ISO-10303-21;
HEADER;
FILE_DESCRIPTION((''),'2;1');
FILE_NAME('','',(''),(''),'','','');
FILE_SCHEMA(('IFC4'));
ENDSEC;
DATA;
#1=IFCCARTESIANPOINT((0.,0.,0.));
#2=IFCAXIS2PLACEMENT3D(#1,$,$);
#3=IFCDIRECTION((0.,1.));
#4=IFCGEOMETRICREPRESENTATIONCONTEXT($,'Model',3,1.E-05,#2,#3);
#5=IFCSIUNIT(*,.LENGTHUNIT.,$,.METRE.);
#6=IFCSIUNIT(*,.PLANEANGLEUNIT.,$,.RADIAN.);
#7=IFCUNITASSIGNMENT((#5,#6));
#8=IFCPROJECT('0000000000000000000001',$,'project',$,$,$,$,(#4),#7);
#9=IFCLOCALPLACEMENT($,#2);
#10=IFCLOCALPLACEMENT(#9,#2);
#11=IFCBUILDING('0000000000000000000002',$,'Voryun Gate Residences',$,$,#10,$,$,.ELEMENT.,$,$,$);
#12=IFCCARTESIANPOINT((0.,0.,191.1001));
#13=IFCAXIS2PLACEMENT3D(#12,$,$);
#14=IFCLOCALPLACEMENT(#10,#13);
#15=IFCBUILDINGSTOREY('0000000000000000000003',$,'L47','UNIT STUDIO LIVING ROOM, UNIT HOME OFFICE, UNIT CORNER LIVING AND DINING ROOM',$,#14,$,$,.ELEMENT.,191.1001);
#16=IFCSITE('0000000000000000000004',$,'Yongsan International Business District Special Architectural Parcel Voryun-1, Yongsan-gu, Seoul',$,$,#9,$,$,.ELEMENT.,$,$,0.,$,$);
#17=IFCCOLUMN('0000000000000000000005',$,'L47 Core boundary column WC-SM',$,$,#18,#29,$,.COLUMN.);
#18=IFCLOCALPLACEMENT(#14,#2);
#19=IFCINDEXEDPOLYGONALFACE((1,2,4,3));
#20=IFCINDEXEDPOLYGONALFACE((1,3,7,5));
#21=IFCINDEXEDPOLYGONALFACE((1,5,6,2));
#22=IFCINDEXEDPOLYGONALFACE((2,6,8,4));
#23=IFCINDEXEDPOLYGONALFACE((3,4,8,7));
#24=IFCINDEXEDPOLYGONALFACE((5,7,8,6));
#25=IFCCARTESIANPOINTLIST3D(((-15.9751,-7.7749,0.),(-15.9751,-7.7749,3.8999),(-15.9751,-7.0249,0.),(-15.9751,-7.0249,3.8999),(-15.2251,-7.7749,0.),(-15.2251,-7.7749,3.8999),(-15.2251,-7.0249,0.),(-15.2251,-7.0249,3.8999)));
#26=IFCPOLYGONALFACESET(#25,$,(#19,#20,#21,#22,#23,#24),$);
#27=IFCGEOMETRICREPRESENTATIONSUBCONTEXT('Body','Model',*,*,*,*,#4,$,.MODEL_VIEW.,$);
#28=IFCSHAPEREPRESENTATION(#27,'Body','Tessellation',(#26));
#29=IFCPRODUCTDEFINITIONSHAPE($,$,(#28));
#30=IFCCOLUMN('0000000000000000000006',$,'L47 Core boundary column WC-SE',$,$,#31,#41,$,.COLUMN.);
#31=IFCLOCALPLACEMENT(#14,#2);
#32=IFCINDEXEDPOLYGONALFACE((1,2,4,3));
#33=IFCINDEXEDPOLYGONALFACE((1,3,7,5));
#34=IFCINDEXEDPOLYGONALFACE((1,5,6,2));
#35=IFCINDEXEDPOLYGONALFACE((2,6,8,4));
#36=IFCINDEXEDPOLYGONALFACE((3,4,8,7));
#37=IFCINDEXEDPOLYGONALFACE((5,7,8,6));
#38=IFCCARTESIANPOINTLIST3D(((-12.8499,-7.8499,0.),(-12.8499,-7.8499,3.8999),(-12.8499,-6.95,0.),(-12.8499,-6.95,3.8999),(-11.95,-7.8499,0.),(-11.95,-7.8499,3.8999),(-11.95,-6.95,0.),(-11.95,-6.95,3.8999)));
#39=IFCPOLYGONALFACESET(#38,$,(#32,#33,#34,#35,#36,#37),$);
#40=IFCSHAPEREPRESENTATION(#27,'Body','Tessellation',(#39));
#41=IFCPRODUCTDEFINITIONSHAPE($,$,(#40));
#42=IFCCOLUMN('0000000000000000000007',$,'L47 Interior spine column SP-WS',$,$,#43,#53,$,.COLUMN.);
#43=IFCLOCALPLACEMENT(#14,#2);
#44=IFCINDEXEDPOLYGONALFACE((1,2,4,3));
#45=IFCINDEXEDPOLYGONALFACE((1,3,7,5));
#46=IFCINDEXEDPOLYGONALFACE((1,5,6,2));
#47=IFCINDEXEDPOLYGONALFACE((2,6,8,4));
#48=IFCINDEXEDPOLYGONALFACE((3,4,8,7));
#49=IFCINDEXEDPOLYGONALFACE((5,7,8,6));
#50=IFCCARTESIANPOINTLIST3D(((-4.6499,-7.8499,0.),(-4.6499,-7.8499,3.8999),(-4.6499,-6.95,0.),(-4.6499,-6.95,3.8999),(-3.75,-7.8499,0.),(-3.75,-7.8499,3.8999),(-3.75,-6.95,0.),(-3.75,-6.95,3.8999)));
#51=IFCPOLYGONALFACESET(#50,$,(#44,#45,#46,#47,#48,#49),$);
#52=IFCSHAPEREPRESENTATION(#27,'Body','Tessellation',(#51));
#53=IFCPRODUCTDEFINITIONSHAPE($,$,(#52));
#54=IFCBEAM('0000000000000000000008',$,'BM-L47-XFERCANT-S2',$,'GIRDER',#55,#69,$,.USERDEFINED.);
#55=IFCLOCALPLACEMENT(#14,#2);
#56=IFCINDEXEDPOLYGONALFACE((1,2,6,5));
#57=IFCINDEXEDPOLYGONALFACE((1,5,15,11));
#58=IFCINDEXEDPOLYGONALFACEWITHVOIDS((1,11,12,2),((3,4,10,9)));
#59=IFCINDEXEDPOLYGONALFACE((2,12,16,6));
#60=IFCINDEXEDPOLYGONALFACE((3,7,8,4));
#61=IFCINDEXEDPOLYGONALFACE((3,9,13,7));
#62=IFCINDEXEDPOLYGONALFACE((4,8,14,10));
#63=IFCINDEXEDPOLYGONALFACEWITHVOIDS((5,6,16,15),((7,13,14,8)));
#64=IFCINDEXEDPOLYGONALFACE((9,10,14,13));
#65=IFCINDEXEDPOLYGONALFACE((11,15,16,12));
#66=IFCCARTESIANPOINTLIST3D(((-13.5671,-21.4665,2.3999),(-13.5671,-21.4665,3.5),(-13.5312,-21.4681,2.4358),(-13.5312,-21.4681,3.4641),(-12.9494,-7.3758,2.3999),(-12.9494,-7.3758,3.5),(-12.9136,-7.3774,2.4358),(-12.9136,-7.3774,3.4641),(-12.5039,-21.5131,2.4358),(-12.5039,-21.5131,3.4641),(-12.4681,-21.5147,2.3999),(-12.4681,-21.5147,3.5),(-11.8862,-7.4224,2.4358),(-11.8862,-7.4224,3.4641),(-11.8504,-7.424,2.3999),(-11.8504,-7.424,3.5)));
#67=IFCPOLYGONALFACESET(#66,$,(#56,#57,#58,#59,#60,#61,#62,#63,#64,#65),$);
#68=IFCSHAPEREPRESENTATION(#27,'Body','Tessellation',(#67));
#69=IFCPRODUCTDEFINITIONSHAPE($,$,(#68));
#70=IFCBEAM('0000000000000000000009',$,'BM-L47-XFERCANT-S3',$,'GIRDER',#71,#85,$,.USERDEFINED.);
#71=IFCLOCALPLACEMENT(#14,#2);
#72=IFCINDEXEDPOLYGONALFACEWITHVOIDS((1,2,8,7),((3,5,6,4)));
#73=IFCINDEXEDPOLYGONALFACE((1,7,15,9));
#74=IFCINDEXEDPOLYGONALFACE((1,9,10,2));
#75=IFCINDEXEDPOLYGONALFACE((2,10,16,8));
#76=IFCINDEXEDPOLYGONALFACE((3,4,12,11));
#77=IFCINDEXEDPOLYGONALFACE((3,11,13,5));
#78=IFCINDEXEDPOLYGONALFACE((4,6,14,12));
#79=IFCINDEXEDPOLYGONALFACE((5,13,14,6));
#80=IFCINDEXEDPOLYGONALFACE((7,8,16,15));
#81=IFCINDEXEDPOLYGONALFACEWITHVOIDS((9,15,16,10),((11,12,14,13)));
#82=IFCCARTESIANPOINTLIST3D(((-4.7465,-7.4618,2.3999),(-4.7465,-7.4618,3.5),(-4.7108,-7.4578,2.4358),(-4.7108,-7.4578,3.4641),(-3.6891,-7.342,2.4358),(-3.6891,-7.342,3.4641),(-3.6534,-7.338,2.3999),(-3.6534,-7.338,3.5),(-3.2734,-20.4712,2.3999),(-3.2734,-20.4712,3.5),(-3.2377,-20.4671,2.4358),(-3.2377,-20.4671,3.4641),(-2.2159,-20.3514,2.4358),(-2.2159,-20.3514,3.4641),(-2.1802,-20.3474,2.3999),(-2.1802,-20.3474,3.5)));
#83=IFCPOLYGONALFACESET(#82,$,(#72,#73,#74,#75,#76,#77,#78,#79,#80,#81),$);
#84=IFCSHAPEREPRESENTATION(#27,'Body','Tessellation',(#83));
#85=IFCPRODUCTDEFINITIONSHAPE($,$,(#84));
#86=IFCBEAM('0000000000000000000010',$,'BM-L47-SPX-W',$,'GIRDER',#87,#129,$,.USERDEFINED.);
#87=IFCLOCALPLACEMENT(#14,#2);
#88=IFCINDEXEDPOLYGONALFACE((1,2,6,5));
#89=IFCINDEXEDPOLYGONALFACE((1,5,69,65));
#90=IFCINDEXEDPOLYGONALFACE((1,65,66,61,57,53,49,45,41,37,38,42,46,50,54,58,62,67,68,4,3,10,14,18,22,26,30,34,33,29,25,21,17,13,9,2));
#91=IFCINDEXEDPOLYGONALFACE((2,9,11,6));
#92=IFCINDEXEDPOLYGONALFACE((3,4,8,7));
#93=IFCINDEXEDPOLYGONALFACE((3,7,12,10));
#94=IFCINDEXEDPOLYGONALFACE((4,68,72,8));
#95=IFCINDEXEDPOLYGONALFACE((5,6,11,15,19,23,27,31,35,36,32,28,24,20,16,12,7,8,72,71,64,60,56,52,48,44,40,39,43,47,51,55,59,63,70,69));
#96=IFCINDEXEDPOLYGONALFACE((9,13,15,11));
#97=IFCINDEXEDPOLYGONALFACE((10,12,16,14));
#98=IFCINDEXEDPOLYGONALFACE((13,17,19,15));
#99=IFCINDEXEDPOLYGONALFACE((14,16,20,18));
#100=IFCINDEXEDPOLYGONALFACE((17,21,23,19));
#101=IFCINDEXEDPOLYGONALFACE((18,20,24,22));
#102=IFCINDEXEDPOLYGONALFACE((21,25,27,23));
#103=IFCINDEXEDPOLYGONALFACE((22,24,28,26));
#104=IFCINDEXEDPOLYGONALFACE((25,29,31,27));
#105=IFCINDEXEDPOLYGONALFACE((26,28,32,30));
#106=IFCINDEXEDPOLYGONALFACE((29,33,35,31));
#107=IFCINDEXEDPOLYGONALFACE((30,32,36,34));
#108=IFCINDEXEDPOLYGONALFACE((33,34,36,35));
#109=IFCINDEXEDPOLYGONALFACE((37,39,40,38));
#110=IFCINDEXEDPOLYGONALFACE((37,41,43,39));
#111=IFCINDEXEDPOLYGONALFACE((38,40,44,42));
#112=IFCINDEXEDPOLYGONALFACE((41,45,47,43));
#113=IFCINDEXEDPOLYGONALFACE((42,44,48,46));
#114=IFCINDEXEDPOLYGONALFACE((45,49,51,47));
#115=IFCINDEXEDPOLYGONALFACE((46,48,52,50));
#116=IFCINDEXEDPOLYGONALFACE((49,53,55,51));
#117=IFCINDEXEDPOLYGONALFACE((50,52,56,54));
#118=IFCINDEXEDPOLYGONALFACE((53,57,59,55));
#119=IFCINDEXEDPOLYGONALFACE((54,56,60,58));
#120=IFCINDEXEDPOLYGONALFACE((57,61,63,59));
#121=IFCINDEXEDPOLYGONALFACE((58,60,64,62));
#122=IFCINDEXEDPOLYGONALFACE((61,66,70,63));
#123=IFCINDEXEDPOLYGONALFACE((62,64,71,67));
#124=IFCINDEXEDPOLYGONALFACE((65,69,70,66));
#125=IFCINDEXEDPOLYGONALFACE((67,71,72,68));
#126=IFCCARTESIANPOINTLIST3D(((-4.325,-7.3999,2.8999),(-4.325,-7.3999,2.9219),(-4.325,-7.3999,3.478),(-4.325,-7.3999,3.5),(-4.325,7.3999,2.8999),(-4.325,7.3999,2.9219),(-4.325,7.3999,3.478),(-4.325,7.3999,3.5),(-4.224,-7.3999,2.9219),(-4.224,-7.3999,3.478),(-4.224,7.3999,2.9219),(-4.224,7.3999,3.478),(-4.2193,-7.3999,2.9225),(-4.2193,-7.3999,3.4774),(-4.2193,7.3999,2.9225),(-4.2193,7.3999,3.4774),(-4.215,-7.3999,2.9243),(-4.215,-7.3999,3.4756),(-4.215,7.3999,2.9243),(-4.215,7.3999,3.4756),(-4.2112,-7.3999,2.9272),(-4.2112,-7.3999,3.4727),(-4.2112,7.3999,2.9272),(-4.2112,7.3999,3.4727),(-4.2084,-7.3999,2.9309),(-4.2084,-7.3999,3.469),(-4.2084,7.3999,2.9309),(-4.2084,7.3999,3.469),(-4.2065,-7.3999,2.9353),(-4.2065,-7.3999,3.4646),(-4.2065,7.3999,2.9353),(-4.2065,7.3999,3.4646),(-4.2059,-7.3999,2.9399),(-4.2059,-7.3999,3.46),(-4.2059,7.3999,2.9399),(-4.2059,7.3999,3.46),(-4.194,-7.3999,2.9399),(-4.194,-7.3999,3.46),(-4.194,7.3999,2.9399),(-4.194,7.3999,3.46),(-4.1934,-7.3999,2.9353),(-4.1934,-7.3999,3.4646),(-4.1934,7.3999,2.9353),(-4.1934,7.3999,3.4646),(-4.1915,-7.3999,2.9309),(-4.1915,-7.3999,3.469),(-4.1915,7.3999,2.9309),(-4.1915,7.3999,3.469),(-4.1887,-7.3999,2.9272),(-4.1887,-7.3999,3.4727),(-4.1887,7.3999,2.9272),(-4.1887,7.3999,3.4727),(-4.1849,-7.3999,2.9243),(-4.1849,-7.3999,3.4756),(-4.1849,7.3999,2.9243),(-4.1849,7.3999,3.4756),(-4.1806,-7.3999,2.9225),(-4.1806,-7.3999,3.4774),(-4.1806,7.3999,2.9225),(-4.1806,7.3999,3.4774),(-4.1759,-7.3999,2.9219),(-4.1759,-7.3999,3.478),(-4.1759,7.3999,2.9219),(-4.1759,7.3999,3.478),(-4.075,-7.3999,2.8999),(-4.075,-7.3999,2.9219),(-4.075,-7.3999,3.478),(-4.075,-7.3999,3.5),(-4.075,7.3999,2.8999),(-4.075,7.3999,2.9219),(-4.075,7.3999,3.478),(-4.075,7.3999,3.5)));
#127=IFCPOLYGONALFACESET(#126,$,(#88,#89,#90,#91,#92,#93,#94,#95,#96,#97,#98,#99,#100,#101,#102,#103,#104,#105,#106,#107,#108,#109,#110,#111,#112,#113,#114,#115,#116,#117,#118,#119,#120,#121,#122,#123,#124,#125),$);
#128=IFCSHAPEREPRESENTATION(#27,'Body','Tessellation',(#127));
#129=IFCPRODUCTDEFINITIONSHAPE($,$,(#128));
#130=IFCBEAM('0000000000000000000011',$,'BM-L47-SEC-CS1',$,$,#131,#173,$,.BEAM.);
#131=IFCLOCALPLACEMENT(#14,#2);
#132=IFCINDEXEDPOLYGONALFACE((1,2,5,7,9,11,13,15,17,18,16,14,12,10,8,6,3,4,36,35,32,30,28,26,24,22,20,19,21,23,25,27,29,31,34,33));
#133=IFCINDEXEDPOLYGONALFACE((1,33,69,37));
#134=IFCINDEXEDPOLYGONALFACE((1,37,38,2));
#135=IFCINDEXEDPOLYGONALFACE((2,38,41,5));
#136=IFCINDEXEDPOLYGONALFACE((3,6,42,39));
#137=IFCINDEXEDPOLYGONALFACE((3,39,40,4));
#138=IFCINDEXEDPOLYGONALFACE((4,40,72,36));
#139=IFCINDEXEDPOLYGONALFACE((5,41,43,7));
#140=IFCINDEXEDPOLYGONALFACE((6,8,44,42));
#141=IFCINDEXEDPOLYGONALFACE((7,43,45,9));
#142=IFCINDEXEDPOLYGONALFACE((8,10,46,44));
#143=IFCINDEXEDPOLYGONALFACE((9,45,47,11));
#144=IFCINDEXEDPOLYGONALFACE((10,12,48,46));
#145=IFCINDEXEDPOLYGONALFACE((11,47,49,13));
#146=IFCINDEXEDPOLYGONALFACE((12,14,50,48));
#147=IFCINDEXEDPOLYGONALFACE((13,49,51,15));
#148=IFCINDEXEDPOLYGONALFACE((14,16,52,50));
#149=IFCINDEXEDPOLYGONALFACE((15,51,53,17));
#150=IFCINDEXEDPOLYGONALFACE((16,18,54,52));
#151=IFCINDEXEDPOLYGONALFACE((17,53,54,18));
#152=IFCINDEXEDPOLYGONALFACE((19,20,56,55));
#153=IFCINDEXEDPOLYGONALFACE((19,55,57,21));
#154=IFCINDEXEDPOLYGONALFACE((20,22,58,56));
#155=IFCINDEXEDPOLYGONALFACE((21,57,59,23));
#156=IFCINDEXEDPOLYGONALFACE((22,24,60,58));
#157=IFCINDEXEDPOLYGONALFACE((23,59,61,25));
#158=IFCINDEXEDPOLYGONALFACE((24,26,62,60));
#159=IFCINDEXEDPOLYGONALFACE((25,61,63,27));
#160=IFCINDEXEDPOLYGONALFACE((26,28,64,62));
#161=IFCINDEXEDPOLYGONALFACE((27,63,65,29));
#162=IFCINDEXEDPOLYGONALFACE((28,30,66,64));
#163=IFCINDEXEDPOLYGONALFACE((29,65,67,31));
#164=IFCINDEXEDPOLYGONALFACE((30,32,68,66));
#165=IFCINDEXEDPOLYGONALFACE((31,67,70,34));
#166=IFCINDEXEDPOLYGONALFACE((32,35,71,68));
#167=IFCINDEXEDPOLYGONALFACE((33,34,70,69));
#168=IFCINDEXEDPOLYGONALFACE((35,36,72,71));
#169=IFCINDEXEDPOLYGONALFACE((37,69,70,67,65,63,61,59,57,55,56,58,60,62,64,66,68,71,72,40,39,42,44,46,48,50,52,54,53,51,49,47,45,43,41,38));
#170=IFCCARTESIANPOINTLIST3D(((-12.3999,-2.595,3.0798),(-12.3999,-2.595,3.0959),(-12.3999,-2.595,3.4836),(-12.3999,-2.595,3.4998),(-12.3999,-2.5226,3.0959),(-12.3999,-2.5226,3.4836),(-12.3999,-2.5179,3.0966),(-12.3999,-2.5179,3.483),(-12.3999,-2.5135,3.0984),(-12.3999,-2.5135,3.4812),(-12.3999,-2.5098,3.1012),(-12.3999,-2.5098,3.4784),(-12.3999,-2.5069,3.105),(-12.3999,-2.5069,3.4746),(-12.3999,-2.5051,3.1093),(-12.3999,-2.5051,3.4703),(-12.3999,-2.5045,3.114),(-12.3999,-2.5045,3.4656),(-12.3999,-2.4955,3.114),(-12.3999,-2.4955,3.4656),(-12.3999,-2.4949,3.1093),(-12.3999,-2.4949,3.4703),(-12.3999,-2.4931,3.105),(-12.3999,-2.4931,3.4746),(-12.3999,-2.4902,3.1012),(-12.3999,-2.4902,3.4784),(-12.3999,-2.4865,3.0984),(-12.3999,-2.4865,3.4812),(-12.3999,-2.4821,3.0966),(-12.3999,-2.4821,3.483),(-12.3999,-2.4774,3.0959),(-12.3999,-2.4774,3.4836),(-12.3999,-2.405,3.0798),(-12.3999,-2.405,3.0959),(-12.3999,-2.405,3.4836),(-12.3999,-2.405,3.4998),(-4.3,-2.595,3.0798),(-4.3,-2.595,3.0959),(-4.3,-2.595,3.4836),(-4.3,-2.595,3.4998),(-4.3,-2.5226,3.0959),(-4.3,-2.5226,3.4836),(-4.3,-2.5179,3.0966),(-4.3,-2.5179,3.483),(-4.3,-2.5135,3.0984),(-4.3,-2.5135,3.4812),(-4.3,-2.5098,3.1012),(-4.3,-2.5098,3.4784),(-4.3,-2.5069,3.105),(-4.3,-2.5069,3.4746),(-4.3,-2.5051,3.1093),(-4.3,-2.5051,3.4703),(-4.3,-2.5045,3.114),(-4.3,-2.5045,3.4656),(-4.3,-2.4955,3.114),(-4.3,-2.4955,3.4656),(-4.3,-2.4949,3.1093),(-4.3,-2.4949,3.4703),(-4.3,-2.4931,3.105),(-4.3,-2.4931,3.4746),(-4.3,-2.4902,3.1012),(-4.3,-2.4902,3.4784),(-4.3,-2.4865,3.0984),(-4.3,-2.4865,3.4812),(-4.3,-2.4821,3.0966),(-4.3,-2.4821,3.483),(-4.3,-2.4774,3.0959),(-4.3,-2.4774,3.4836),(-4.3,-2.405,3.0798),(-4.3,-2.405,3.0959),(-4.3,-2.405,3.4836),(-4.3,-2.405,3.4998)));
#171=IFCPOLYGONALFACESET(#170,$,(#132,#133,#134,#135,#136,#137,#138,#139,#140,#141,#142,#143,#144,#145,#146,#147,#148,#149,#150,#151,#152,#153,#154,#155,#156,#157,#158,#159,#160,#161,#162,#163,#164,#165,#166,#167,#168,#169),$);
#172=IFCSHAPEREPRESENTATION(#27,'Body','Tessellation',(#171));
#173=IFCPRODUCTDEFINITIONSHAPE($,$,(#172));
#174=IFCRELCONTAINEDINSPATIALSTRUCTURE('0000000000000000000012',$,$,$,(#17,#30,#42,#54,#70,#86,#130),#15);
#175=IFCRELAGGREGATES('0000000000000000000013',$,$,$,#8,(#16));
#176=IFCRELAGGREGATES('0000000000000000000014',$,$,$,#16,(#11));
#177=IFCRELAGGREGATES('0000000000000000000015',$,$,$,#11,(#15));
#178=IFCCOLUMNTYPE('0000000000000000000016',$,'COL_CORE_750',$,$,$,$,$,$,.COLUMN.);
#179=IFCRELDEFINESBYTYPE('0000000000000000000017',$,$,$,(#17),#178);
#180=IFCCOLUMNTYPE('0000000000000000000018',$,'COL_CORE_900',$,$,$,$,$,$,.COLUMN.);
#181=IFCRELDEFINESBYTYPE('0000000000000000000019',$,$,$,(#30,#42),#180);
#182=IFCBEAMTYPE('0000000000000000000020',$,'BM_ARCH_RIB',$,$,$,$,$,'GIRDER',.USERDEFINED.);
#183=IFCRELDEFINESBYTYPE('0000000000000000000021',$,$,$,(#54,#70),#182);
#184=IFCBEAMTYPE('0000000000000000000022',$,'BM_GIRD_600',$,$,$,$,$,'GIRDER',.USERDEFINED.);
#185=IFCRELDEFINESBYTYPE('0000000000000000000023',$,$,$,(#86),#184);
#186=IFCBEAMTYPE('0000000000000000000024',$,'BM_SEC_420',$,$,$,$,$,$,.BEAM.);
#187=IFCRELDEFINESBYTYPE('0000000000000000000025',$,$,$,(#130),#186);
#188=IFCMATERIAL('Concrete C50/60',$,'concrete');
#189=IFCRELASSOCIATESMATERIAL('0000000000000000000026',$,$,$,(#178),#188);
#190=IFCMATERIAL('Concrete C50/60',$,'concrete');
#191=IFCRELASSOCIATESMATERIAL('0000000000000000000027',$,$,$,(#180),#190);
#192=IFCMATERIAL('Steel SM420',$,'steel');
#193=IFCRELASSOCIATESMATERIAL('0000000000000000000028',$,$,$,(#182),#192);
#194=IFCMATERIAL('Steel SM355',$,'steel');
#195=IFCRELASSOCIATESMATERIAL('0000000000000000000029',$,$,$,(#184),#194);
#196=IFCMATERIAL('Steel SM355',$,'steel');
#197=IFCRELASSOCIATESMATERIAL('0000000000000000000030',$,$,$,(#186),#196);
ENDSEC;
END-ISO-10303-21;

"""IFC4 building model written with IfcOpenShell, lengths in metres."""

from ifc_helpers import new_model, si_unit, direction, frame, origin, origin_2d, place, context, subcontext, project, spatial, rectangle, hollow_rectangle, i_section, extrude, material, material_profile, profile_set, type_object, element, save


model = new_model("IFC4")

# Units and contexts
model_context = context("Model", 3, precision=1e-05, world=origin(), true_north=direction((0.0, 1.0)))
body_context = subcontext(model_context, "Body", "Model", "MODEL_VIEW")
ifc_project = project(units=[si_unit("LENGTHUNIT", "METRE"), si_unit("PLANEANGLEUNIT", "RADIAN")], contexts=[model_context])

# Site, building, storey
site_placement = place(None, origin())
site = spatial("IfcSite", under=ifc_project, at=site_placement, Name="Yongsan International Business District Special Architectural Parcel Voryun-1, Yongsan-gu, Seoul", CompositionType="ELEMENT", RefElevation=0.0)
building_placement = place(site_placement, origin())
building = spatial("IfcBuilding", under=site, at=building_placement, Name="Voryun Gate Residences", CompositionType="ELEMENT")
storey_placement = place(building_placement, frame((0.0, 0.0, 191.1001)))
storey = spatial("IfcBuildingStorey", under=building, at=storey_placement, Name="L47", Description="UNIT STUDIO LIVING ROOM, UNIT HOME OFFICE, UNIT CORNER LIVING AND DINING ROOM", CompositionType="ELEMENT", Elevation=191.1001)

# Columns
ifc_material_1 = material(Name="Concrete C50/60", Category="concrete")
ifc_material_profile_1 = material_profile(ifc_material_1, rectangle(XDim=0.75, YDim=0.75, at=origin_2d()), Name="RC-750x750")
ifc_profile_set_1 = profile_set([ifc_material_profile_1], Name="Concrete C50/60")
column_type_1 = type_object("IfcColumnType", Name="COL_CORE_750", PredefinedType="COLUMN", material=ifc_profile_set_1)
column_placement = place(storey_placement, frame((-15.6001, -7.3999, 0.0), z_axis=(0.0, 0.0, 1.0), x_axis=(1.0, 0.0, 0.0)))
element("IfcColumn", 1, at=column_placement, inside=storey, type_object=column_type_1, Name="L47 Core boundary column WC-SM", PredefinedType="COLUMN", context=body_context, shape_type="SweptSolid", body=[
    extrude(rectangle(XDim=0.75, YDim=0.75, at=origin_2d()), origin(), (0.0, 0.0, 1.0), 3.8999),
])
ifc_material_2 = material(Name="Concrete C50/60", Category="concrete")
ifc_material_profile_2 = material_profile(ifc_material_2, rectangle(XDim=0.8999, YDim=0.8999, at=origin_2d()), Name="RC-900x900")
ifc_profile_set_2 = profile_set([ifc_material_profile_2], Name="Concrete C50/60")
column_type_2 = type_object("IfcColumnType", Name="COL_CORE_900", PredefinedType="COLUMN", material=ifc_profile_set_2)
for number, where, z_axis, x_axis, name in (
    (2, (-12.3999, -7.3999, 0.0), (0.0, 0.0, 1.0), (1.0, 0.0, 0.0), "L47 Core boundary column WC-SE"),
    (3, (-4.2, -7.3999, 0.0), (0.0, 0.0, 1.0), (1.0, 0.0, 0.0), "L47 Interior spine column SP-WS"),
):
    element("IfcColumn", number, at=place(storey_placement, frame(where, z_axis=z_axis, x_axis=x_axis)), inside=storey, type_object=column_type_2, Name=name, PredefinedType="COLUMN", context=body_context, shape_type="SweptSolid", body=[
        extrude(rectangle(XDim=0.8999, YDim=0.8999, at=origin_2d()), origin(), (0.0, 0.0, 1.0), 3.8999),
    ])

# Beams
ifc_material_3 = material(Name="Steel SM420", Category="steel")
ifc_material_profile_3 = material_profile(ifc_material_3, hollow_rectangle(XDim=1.1001, YDim=1.1001, WallThickness=0.0359, at=origin_2d()), Name="BOX-1100x1100x36")
ifc_profile_set_3 = profile_set([ifc_material_profile_3], Name="Steel SM420")
beam_type_1 = type_object("IfcBeamType", Name="BM_ARCH_RIB", ElementType="GIRDER", PredefinedType="USERDEFINED", material=ifc_profile_set_3)
beam_1_placement = place(storey_placement, frame((-12.3999, -7.3999, 2.95), z_axis=(-0.043793, -0.999041, 0.0), x_axis=(0.999041, -0.043793, 0.0)))
element("IfcBeam", 4, at=beam_1_placement, inside=storey, type_object=beam_type_1, Name="BM-L47-XFERCANT-S2", ObjectType="GIRDER", PredefinedType="USERDEFINED", context=body_context, shape_type="SweptSolid", body=[
    extrude(hollow_rectangle(XDim=1.1001, YDim=1.1001, WallThickness=0.0359, at=origin_2d()), origin(), (0.0, 0.0, 1.0), 14.1042),
])
beam_2_placement = place(storey_placement, frame((-4.2, -7.3999, 2.95), z_axis=(0.112519, -0.99365, 0.0), x_axis=(0.99365, 0.112519, 0.0)))
element("IfcBeam", 5, at=beam_2_placement, inside=storey, type_object=beam_type_1, Name="BM-L47-XFERCANT-S3", ObjectType="GIRDER", PredefinedType="USERDEFINED", context=body_context, shape_type="SweptSolid", body=[
    extrude(hollow_rectangle(XDim=1.1001, YDim=1.1001, WallThickness=0.0359, at=origin_2d()), origin(), (0.0, 0.0, 1.0), 13.0925),
])
ifc_material_4 = material(Name="Steel SM355", Category="steel")
ifc_material_profile_4 = material_profile(ifc_material_4, i_section(OverallWidth=0.25, OverallDepth=0.6001, WebThickness=0.012, FlangeThickness=0.022, FilletRadius=0.0181, at=origin_2d()), Name="H-600x250x12x22")
ifc_profile_set_4 = profile_set([ifc_material_profile_4], Name="Steel SM355")
beam_type_2 = type_object("IfcBeamType", Name="BM_GIRD_600", ElementType="GIRDER", PredefinedType="USERDEFINED", material=ifc_profile_set_4)
beam_3_placement = place(storey_placement, frame((-4.2, -7.3999, 3.2), z_axis=(0.0, 1.0, 0.0), x_axis=(-1.0, 0.0, 0.0)))
element("IfcBeam", 6, at=beam_3_placement, inside=storey, type_object=beam_type_2, Name="BM-L47-SPX-W", ObjectType="GIRDER", PredefinedType="USERDEFINED", context=body_context, shape_type="SweptSolid", body=[
    extrude(i_section(OverallWidth=0.25, OverallDepth=0.6001, WebThickness=0.012, FlangeThickness=0.022, FilletRadius=0.0181, at=origin_2d()), origin(), (0.0, 0.0, 1.0), 14.7998),
])
ifc_material_5 = material(Name="Steel SM355", Category="steel")
ifc_material_profile_5 = material_profile(ifc_material_5, i_section(OverallWidth=0.1899, OverallDepth=0.4199, WebThickness=0.009, FlangeThickness=0.0161, FilletRadius=0.0181, at=origin_2d()), Name="H-420x190x9x16")
ifc_profile_set_5 = profile_set([ifc_material_profile_5], Name="Steel SM355")
beam_type_3 = type_object("IfcBeamType", Name="BM_SEC_420", PredefinedType="BEAM", material=ifc_profile_set_5)
beam_4_placement = place(storey_placement, frame((-12.3999, -2.5, 3.2898), z_axis=(1.0, 0.0, 0.0), x_axis=(0.0, 1.0, 0.0)))
element("IfcBeam", 7, at=beam_4_placement, inside=storey, type_object=beam_type_3, Name="BM-L47-SEC-CS1", PredefinedType="BEAM", context=body_context, shape_type="SweptSolid", body=[
    extrude(i_section(OverallWidth=0.1899, OverallDepth=0.4199, WebThickness=0.009, FlangeThickness=0.0161, FilletRadius=0.0181, at=origin_2d()), origin(), (0.0, 0.0, 1.0), 8.0999),
])

save(model, "model.ifc")
